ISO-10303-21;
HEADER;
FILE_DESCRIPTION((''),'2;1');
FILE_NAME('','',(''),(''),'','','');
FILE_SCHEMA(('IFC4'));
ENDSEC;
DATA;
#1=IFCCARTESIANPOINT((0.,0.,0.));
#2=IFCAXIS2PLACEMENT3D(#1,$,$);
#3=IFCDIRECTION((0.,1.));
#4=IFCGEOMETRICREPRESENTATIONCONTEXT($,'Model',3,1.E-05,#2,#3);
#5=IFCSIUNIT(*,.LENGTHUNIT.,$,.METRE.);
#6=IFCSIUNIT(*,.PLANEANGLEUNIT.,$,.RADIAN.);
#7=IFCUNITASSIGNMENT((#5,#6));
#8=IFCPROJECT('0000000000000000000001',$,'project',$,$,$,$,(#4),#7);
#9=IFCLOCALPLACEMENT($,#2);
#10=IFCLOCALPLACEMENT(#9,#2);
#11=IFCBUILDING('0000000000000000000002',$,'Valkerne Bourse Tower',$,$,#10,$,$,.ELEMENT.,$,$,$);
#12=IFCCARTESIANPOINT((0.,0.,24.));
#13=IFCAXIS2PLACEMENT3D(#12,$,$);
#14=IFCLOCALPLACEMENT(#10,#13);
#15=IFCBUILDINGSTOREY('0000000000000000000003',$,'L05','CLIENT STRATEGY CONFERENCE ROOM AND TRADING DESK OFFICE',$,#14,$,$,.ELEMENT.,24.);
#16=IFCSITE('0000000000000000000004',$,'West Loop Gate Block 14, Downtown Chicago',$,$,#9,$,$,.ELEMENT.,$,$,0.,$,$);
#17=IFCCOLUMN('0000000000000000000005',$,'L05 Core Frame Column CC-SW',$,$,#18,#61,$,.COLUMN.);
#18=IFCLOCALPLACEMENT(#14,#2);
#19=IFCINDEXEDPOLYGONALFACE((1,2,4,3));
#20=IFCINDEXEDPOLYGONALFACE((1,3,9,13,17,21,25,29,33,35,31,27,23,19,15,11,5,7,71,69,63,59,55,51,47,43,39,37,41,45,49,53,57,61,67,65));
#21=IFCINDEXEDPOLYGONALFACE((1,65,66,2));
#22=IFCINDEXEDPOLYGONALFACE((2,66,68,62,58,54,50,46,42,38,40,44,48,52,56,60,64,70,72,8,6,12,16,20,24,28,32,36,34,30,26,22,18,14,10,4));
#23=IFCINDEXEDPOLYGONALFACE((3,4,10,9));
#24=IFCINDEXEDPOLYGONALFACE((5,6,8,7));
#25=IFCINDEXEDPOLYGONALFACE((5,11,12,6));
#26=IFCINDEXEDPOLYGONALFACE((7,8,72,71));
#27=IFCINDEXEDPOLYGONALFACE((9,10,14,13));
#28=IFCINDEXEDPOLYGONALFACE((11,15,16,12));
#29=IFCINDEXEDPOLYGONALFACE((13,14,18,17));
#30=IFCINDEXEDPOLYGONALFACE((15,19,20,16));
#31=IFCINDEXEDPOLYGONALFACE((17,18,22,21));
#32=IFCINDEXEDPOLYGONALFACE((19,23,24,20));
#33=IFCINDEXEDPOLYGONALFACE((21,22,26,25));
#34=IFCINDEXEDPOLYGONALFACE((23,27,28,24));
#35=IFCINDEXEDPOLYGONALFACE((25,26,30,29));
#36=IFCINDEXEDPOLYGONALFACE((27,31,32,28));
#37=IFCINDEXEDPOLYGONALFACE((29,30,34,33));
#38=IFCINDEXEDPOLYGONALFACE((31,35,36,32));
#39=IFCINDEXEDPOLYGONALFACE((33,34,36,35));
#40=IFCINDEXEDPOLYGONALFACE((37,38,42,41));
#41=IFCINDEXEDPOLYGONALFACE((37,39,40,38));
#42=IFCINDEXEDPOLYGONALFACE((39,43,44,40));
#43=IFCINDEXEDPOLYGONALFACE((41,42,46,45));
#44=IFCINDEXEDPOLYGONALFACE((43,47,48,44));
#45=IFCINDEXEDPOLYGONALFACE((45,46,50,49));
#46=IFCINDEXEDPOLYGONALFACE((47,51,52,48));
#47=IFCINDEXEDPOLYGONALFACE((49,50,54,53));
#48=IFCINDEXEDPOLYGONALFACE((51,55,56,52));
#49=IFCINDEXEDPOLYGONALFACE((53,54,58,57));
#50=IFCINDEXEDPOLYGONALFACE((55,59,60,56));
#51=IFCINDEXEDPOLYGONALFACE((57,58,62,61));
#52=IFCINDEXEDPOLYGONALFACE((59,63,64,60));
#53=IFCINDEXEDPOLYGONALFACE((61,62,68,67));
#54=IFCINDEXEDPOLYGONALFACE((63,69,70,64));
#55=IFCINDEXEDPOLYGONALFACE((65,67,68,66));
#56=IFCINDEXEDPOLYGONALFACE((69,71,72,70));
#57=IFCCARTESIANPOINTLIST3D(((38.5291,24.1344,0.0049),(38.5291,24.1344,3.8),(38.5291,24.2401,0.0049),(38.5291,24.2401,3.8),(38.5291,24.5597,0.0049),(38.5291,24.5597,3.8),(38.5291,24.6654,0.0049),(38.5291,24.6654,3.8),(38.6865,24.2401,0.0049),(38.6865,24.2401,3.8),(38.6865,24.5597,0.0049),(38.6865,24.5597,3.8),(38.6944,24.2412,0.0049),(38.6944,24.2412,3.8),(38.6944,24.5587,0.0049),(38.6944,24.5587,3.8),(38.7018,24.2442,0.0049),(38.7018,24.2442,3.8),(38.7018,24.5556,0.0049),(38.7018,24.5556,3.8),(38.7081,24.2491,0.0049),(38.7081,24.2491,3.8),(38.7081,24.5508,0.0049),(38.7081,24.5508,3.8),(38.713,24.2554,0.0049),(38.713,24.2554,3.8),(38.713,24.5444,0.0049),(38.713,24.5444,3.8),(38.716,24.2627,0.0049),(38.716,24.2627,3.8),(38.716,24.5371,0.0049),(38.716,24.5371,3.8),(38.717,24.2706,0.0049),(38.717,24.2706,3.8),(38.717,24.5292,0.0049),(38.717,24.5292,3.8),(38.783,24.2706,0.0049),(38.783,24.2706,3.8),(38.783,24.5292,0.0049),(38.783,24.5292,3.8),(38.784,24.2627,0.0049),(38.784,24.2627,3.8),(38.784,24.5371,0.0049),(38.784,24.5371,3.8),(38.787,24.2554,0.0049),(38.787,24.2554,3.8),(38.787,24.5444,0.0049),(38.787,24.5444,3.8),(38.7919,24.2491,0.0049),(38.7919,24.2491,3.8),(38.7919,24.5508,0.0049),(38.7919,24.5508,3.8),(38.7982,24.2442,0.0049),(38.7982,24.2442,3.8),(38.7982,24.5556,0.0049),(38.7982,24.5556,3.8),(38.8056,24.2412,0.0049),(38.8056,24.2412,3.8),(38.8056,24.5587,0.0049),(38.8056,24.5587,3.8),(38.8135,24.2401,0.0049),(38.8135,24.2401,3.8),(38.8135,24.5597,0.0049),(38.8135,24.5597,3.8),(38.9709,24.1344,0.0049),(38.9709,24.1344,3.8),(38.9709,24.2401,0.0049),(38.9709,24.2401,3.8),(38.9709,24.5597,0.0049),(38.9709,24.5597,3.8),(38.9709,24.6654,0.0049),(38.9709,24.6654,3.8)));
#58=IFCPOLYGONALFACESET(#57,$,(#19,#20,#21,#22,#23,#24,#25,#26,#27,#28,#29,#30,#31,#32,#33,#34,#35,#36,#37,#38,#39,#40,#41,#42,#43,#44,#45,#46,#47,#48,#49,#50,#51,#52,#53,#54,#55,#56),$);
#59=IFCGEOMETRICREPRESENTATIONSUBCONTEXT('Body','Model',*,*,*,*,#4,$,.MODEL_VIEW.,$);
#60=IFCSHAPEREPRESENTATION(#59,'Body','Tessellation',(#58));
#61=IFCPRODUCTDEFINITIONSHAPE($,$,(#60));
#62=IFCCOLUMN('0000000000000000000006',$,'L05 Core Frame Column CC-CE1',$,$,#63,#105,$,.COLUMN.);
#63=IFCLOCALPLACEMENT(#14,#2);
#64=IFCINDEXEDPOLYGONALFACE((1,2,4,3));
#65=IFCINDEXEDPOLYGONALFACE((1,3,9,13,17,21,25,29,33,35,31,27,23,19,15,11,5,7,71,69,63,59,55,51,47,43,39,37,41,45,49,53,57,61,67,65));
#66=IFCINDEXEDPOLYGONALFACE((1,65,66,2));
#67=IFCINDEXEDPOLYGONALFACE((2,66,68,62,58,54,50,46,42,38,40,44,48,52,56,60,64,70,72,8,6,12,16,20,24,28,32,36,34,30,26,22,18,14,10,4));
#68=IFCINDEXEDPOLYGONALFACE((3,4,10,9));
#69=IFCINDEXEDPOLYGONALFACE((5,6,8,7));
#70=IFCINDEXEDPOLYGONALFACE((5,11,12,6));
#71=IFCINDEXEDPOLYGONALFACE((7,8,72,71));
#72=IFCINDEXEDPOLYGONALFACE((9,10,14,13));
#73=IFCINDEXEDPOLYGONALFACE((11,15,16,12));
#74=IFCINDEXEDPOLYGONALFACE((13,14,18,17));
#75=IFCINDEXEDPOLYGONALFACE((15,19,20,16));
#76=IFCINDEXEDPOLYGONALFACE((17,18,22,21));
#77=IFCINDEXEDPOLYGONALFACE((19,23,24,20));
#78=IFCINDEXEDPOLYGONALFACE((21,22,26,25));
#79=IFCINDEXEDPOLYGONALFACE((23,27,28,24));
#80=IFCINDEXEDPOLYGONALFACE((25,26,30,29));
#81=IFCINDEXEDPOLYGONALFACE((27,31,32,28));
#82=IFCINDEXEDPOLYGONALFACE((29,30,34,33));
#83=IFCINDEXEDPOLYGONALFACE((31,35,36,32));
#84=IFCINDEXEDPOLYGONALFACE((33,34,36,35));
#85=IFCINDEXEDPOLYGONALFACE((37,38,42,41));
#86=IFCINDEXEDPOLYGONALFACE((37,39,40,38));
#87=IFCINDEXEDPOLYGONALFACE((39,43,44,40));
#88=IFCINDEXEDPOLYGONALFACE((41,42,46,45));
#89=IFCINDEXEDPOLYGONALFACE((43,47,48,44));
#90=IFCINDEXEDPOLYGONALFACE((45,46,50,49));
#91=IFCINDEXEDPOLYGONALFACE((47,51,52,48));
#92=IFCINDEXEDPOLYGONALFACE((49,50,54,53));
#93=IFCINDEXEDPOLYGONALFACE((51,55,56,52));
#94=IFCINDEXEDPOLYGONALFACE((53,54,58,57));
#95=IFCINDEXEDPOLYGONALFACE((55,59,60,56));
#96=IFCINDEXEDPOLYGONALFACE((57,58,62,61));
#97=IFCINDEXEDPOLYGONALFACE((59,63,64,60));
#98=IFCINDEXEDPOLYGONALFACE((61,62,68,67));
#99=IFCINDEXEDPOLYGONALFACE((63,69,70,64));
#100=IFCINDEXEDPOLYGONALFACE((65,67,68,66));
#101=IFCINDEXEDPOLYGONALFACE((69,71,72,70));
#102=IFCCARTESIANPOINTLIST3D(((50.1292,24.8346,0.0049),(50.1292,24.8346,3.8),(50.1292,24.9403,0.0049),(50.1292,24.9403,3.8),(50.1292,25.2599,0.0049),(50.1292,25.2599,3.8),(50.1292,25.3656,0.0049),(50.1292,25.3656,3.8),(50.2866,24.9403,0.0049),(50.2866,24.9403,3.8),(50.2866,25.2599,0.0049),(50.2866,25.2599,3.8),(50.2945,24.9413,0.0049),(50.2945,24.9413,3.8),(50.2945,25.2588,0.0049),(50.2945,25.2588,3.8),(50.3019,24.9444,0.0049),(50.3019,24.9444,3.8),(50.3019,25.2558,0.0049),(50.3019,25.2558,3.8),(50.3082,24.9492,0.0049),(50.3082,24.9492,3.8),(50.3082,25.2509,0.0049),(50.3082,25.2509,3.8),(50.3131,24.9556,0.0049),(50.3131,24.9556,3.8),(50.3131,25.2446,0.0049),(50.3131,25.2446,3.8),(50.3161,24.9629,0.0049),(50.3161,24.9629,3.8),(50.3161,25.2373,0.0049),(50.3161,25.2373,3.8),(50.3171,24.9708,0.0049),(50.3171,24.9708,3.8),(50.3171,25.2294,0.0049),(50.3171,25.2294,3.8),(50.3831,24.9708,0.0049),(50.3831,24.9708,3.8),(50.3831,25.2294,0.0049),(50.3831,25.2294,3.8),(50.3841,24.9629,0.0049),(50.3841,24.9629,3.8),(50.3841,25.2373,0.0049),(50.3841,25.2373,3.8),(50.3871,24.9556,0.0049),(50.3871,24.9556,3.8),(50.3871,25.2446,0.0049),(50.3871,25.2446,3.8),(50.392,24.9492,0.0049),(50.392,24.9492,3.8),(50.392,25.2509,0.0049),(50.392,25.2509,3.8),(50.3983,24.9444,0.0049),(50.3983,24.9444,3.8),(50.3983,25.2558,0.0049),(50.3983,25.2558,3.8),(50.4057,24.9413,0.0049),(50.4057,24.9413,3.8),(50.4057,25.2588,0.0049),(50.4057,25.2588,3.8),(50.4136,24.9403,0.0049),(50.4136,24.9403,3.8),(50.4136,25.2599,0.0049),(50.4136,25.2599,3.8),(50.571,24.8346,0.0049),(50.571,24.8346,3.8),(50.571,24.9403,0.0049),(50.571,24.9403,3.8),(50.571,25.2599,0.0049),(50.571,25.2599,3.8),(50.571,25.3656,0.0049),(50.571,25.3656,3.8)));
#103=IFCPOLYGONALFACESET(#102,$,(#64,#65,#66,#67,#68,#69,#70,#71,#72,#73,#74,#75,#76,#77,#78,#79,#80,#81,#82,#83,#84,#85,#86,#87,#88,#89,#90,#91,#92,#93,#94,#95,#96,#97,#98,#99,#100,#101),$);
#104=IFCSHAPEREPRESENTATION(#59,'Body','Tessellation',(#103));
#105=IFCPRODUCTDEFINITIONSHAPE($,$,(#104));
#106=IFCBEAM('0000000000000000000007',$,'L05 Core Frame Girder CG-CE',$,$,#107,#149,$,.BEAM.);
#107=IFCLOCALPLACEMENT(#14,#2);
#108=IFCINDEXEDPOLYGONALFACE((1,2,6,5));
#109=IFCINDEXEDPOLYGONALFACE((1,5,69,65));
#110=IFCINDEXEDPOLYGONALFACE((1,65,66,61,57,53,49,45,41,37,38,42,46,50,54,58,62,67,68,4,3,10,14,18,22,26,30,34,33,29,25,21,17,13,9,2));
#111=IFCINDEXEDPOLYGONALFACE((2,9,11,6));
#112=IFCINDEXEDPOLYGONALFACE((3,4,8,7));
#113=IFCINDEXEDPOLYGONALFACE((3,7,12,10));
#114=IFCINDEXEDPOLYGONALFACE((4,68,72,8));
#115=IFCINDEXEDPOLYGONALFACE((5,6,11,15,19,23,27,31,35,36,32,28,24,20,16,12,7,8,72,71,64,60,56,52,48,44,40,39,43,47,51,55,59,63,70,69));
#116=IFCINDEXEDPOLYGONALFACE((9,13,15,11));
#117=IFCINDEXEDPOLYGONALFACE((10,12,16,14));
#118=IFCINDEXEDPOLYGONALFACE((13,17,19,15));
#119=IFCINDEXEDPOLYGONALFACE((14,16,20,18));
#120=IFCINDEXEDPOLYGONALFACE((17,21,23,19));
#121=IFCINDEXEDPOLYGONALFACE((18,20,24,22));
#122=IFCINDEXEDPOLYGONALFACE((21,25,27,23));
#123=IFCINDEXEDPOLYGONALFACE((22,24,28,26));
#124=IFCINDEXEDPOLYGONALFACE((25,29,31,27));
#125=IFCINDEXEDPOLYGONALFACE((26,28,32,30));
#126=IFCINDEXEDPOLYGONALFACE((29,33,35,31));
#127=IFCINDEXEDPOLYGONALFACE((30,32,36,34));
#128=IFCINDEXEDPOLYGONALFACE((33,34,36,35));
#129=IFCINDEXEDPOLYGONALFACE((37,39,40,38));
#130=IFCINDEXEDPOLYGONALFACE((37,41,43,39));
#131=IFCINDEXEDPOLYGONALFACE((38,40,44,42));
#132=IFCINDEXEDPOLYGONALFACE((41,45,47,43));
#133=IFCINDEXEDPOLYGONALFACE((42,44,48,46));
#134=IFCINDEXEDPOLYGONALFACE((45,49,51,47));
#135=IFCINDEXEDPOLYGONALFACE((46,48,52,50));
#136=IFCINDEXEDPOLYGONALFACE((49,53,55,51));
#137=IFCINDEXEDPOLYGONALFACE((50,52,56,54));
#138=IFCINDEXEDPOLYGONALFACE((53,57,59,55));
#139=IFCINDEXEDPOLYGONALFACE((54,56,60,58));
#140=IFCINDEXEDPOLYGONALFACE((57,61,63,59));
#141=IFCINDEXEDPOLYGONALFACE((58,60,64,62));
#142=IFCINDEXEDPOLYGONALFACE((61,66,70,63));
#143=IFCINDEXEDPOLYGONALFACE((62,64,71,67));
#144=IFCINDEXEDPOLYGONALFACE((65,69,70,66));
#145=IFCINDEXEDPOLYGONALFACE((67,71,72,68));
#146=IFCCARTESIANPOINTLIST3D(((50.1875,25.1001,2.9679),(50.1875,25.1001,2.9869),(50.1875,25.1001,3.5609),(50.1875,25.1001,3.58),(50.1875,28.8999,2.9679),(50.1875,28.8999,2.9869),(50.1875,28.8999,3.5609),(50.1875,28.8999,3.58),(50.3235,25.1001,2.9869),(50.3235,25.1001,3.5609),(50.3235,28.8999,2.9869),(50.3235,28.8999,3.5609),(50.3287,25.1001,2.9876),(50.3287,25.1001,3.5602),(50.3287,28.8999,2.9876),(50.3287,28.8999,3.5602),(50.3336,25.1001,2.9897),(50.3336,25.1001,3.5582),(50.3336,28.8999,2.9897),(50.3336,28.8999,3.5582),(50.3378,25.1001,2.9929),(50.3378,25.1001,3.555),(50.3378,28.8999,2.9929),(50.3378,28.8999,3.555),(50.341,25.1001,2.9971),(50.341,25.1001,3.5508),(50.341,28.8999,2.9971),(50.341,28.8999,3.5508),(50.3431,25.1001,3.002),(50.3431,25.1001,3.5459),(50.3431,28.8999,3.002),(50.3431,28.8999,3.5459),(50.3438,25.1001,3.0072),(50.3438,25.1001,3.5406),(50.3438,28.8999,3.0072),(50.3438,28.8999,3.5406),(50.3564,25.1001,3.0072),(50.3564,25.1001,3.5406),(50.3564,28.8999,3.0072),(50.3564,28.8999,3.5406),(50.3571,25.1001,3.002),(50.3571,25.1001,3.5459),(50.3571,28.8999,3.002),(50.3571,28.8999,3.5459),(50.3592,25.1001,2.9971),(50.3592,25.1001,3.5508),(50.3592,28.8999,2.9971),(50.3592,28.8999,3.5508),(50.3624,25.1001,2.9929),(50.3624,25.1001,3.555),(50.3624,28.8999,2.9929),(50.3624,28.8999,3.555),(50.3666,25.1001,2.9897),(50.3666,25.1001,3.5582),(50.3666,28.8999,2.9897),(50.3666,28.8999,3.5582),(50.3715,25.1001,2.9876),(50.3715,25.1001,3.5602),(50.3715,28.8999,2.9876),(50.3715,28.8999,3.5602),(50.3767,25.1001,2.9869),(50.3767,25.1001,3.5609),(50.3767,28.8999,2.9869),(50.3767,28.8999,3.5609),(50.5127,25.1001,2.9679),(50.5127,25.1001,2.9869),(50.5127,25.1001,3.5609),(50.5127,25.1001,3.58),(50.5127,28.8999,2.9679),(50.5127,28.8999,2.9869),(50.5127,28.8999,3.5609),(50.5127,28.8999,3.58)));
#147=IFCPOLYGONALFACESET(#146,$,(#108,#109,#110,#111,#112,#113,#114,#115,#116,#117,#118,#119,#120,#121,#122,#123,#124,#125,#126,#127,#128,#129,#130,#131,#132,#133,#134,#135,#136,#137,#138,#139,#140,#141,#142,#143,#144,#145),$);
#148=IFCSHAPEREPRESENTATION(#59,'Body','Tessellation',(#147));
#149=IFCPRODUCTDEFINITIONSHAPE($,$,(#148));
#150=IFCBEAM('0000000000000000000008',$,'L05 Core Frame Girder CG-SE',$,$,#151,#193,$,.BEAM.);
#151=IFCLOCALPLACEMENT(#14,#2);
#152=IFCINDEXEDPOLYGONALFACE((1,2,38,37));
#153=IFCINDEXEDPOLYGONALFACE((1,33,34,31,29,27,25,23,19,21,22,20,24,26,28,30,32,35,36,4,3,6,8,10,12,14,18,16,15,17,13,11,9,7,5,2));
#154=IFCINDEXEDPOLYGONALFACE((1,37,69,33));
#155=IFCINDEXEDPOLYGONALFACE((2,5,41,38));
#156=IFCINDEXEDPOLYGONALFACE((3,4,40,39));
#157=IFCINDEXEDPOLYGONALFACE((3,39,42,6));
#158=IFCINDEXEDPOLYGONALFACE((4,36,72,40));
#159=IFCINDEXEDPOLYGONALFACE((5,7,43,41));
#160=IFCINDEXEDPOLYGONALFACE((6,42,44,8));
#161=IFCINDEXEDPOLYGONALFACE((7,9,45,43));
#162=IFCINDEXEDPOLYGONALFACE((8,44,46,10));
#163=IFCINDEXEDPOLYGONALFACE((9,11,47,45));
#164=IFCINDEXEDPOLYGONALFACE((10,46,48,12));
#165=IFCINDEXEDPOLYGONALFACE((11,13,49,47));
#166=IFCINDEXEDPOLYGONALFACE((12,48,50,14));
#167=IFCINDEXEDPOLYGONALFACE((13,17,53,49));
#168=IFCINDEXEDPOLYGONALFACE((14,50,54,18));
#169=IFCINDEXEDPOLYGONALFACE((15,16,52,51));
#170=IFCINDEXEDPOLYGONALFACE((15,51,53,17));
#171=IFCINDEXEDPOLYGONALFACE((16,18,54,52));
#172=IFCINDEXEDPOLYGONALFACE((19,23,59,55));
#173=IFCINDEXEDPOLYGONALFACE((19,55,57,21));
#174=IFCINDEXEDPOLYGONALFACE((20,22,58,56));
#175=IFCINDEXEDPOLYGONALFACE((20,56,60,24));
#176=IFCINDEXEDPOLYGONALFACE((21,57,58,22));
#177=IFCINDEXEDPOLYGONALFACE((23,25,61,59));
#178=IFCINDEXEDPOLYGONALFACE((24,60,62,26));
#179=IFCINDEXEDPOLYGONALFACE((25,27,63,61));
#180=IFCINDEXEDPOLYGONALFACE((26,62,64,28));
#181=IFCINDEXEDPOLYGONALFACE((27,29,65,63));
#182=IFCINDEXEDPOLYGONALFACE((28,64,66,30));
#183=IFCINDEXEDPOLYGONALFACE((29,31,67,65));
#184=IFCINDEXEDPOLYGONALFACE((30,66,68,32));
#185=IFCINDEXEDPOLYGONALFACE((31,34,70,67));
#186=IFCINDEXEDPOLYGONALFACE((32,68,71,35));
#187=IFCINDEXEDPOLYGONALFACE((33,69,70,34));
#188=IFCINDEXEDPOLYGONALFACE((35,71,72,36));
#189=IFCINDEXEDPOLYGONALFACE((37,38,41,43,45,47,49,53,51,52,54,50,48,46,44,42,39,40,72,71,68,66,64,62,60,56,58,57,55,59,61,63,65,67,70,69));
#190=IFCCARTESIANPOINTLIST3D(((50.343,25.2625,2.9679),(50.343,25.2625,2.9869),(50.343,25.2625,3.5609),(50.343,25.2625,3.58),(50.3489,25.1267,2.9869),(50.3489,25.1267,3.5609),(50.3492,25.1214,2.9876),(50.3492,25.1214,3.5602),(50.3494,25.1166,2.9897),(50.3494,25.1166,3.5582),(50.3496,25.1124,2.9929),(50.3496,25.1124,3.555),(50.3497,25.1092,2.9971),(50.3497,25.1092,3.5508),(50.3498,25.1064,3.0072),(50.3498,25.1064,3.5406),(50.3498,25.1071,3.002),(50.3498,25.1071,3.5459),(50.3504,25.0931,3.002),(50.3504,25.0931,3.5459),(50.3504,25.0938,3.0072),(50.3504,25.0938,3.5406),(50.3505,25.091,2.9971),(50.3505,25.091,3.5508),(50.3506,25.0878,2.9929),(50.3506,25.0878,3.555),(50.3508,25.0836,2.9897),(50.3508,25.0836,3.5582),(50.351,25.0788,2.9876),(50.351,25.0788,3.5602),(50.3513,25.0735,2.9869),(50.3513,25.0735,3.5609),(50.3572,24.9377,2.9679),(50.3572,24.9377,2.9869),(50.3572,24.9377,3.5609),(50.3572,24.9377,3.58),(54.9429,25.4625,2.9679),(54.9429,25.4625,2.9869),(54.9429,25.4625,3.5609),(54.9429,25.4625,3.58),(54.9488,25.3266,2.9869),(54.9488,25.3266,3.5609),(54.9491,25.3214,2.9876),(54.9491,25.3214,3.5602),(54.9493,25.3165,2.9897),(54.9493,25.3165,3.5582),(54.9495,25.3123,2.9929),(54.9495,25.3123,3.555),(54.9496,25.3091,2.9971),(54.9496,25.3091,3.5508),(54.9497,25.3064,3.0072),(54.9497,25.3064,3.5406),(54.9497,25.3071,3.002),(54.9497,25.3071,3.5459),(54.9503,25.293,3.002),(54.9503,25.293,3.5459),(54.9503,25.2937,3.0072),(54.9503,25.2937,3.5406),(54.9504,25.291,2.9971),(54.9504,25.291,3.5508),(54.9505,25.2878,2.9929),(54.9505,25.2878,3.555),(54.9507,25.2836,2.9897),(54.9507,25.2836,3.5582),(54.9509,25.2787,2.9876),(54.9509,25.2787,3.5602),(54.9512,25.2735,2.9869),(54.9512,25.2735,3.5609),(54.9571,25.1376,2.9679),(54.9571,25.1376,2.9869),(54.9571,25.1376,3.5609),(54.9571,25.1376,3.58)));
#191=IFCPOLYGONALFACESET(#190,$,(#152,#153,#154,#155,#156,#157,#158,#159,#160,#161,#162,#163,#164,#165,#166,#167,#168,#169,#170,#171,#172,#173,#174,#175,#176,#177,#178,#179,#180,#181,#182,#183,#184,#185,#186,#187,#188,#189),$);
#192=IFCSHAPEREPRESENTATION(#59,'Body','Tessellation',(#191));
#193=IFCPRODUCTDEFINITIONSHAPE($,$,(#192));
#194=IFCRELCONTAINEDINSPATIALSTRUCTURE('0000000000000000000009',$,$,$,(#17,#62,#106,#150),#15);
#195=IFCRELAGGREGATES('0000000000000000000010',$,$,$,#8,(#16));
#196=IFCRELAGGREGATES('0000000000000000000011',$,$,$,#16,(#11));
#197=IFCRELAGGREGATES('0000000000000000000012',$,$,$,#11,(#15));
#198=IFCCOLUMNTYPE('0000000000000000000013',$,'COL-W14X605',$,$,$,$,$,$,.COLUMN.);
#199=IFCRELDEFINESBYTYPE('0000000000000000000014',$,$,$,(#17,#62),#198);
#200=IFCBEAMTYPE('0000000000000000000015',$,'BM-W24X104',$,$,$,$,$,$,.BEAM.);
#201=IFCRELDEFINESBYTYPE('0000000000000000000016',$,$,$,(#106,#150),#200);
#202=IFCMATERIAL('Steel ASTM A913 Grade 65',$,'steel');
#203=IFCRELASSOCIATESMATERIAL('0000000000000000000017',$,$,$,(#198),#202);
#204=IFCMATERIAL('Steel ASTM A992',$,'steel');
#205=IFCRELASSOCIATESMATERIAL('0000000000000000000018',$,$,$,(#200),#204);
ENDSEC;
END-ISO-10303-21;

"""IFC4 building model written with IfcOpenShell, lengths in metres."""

from ifc_helpers import new_model, si_unit, direction, frame, origin, origin_2d, place, context, subcontext, project, spatial, i_section, extrude, material, material_profile, profile_set, type_object, element, save


model = new_model("IFC4")

# Units and contexts
model_context = context("Model", 3, precision=1e-05, world=origin(), true_north=direction((0.0, 1.0)))
body_context = subcontext(model_context, "Body", "Model", "MODEL_VIEW")
ifc_project = project(units=[si_unit("LENGTHUNIT", "METRE"), si_unit("PLANEANGLEUNIT", "RADIAN")], contexts=[model_context])

# Site, building, storey
site_placement = place(None, origin())
site = spatial("IfcSite", under=ifc_project, at=site_placement, Name="West Loop Gate Block 14, Downtown Chicago", CompositionType="ELEMENT", RefElevation=0.0)
building_placement = place(site_placement, origin())
building = spatial("IfcBuilding", under=site, at=building_placement, Name="Valkerne Bourse Tower", CompositionType="ELEMENT")
storey_placement = place(building_placement, frame((0.0, 0.0, 24.0)))
storey = spatial("IfcBuildingStorey", under=building, at=storey_placement, Name="L05", Description="CLIENT STRATEGY CONFERENCE ROOM AND TRADING DESK OFFICE", CompositionType="ELEMENT", Elevation=24.0)

# Columns
ifc_material_1 = material(Name="Steel ASTM A913 Grade 65", Category="steel")
ifc_material_profile_1 = material_profile(ifc_material_1, i_section(OverallWidth=0.4419, OverallDepth=0.531, WebThickness=0.0659, FlangeThickness=0.1057, FilletRadius=0.0305, at=origin_2d()), Name="W14X605")
ifc_profile_set_1 = profile_set([ifc_material_profile_1], Name="Steel ASTM A913 Grade 65")
column_type = type_object("IfcColumnType", Name="COL-W14X605", PredefinedType="COLUMN", material=ifc_profile_set_1)
for number, where, z_axis, x_axis, name in (
    (1, (38.75, 24.3999, 0.0049), (0.0, 0.0, 1.0), (1.0, 0.0, 0.0), "L05 Core Frame Column CC-SW"),
    (2, (50.3501, 25.1001, 0.0049), (0.0, 0.0, 1.0), (1.0, 0.0, 0.0), "L05 Core Frame Column CC-CE1"),
):
    element("IfcColumn", number, at=place(storey_placement, frame(where, z_axis=z_axis, x_axis=x_axis)), inside=storey, type_object=column_type, Name=name, PredefinedType="COLUMN", context=body_context, shape_type="SweptSolid", body=[
        extrude(i_section(OverallWidth=0.4419, OverallDepth=0.531, WebThickness=0.0659, FlangeThickness=0.1057, FilletRadius=0.0305, at=origin_2d()), origin(), (0.0, 0.0, 1.0), 3.7952),
    ])

# Beams
ifc_material_2 = material(Name="Steel ASTM A992", Category="steel")
ifc_material_profile_2 = material_profile(ifc_material_2, i_section(OverallWidth=0.3252, OverallDepth=0.6121, WebThickness=0.0127, FlangeThickness=0.019, FilletRadius=0.0203, at=origin_2d()), Name="W24X104")
ifc_profile_set_2 = profile_set([ifc_material_profile_2], Name="Steel ASTM A992")
beam_type = type_object("IfcBeamType", Name="BM-W24X104", PredefinedType="BEAM", material=ifc_profile_set_2)
beam_1_placement = place(storey_placement, frame((50.3501, 25.1001, 3.2739), z_axis=(0.0, 1.0, 0.0), x_axis=(-1.0, 0.0, 0.0)))
element("IfcBeam", 3, at=beam_1_placement, inside=storey, type_object=beam_type, Name="L05 Core Frame Girder CG-CE", PredefinedType="BEAM", context=body_context, shape_type="SweptSolid", body=[
    extrude(i_section(OverallWidth=0.3252, OverallDepth=0.6121, WebThickness=0.0127, FlangeThickness=0.019, FilletRadius=0.0203, at=origin_2d()), origin(), (0.0, 0.0, 1.0), 3.7998),
])
beam_2_placement = place(storey_placement, frame((50.3501, 25.1001, 3.2739), z_axis=(0.999057, 0.043428, 0.0), x_axis=(-0.043428, 0.999057, 0.0)))
element("IfcBeam", 4, at=beam_2_placement, inside=storey, type_object=beam_type, Name="L05 Core Frame Girder CG-SE", PredefinedType="BEAM", context=body_context, shape_type="SweptSolid", body=[
    extrude(i_section(OverallWidth=0.3252, OverallDepth=0.6121, WebThickness=0.0127, FlangeThickness=0.019, FilletRadius=0.0203, at=origin_2d()), origin(), (0.0, 0.0, 1.0), 4.6042),
])

save(model, "model.ifc")
